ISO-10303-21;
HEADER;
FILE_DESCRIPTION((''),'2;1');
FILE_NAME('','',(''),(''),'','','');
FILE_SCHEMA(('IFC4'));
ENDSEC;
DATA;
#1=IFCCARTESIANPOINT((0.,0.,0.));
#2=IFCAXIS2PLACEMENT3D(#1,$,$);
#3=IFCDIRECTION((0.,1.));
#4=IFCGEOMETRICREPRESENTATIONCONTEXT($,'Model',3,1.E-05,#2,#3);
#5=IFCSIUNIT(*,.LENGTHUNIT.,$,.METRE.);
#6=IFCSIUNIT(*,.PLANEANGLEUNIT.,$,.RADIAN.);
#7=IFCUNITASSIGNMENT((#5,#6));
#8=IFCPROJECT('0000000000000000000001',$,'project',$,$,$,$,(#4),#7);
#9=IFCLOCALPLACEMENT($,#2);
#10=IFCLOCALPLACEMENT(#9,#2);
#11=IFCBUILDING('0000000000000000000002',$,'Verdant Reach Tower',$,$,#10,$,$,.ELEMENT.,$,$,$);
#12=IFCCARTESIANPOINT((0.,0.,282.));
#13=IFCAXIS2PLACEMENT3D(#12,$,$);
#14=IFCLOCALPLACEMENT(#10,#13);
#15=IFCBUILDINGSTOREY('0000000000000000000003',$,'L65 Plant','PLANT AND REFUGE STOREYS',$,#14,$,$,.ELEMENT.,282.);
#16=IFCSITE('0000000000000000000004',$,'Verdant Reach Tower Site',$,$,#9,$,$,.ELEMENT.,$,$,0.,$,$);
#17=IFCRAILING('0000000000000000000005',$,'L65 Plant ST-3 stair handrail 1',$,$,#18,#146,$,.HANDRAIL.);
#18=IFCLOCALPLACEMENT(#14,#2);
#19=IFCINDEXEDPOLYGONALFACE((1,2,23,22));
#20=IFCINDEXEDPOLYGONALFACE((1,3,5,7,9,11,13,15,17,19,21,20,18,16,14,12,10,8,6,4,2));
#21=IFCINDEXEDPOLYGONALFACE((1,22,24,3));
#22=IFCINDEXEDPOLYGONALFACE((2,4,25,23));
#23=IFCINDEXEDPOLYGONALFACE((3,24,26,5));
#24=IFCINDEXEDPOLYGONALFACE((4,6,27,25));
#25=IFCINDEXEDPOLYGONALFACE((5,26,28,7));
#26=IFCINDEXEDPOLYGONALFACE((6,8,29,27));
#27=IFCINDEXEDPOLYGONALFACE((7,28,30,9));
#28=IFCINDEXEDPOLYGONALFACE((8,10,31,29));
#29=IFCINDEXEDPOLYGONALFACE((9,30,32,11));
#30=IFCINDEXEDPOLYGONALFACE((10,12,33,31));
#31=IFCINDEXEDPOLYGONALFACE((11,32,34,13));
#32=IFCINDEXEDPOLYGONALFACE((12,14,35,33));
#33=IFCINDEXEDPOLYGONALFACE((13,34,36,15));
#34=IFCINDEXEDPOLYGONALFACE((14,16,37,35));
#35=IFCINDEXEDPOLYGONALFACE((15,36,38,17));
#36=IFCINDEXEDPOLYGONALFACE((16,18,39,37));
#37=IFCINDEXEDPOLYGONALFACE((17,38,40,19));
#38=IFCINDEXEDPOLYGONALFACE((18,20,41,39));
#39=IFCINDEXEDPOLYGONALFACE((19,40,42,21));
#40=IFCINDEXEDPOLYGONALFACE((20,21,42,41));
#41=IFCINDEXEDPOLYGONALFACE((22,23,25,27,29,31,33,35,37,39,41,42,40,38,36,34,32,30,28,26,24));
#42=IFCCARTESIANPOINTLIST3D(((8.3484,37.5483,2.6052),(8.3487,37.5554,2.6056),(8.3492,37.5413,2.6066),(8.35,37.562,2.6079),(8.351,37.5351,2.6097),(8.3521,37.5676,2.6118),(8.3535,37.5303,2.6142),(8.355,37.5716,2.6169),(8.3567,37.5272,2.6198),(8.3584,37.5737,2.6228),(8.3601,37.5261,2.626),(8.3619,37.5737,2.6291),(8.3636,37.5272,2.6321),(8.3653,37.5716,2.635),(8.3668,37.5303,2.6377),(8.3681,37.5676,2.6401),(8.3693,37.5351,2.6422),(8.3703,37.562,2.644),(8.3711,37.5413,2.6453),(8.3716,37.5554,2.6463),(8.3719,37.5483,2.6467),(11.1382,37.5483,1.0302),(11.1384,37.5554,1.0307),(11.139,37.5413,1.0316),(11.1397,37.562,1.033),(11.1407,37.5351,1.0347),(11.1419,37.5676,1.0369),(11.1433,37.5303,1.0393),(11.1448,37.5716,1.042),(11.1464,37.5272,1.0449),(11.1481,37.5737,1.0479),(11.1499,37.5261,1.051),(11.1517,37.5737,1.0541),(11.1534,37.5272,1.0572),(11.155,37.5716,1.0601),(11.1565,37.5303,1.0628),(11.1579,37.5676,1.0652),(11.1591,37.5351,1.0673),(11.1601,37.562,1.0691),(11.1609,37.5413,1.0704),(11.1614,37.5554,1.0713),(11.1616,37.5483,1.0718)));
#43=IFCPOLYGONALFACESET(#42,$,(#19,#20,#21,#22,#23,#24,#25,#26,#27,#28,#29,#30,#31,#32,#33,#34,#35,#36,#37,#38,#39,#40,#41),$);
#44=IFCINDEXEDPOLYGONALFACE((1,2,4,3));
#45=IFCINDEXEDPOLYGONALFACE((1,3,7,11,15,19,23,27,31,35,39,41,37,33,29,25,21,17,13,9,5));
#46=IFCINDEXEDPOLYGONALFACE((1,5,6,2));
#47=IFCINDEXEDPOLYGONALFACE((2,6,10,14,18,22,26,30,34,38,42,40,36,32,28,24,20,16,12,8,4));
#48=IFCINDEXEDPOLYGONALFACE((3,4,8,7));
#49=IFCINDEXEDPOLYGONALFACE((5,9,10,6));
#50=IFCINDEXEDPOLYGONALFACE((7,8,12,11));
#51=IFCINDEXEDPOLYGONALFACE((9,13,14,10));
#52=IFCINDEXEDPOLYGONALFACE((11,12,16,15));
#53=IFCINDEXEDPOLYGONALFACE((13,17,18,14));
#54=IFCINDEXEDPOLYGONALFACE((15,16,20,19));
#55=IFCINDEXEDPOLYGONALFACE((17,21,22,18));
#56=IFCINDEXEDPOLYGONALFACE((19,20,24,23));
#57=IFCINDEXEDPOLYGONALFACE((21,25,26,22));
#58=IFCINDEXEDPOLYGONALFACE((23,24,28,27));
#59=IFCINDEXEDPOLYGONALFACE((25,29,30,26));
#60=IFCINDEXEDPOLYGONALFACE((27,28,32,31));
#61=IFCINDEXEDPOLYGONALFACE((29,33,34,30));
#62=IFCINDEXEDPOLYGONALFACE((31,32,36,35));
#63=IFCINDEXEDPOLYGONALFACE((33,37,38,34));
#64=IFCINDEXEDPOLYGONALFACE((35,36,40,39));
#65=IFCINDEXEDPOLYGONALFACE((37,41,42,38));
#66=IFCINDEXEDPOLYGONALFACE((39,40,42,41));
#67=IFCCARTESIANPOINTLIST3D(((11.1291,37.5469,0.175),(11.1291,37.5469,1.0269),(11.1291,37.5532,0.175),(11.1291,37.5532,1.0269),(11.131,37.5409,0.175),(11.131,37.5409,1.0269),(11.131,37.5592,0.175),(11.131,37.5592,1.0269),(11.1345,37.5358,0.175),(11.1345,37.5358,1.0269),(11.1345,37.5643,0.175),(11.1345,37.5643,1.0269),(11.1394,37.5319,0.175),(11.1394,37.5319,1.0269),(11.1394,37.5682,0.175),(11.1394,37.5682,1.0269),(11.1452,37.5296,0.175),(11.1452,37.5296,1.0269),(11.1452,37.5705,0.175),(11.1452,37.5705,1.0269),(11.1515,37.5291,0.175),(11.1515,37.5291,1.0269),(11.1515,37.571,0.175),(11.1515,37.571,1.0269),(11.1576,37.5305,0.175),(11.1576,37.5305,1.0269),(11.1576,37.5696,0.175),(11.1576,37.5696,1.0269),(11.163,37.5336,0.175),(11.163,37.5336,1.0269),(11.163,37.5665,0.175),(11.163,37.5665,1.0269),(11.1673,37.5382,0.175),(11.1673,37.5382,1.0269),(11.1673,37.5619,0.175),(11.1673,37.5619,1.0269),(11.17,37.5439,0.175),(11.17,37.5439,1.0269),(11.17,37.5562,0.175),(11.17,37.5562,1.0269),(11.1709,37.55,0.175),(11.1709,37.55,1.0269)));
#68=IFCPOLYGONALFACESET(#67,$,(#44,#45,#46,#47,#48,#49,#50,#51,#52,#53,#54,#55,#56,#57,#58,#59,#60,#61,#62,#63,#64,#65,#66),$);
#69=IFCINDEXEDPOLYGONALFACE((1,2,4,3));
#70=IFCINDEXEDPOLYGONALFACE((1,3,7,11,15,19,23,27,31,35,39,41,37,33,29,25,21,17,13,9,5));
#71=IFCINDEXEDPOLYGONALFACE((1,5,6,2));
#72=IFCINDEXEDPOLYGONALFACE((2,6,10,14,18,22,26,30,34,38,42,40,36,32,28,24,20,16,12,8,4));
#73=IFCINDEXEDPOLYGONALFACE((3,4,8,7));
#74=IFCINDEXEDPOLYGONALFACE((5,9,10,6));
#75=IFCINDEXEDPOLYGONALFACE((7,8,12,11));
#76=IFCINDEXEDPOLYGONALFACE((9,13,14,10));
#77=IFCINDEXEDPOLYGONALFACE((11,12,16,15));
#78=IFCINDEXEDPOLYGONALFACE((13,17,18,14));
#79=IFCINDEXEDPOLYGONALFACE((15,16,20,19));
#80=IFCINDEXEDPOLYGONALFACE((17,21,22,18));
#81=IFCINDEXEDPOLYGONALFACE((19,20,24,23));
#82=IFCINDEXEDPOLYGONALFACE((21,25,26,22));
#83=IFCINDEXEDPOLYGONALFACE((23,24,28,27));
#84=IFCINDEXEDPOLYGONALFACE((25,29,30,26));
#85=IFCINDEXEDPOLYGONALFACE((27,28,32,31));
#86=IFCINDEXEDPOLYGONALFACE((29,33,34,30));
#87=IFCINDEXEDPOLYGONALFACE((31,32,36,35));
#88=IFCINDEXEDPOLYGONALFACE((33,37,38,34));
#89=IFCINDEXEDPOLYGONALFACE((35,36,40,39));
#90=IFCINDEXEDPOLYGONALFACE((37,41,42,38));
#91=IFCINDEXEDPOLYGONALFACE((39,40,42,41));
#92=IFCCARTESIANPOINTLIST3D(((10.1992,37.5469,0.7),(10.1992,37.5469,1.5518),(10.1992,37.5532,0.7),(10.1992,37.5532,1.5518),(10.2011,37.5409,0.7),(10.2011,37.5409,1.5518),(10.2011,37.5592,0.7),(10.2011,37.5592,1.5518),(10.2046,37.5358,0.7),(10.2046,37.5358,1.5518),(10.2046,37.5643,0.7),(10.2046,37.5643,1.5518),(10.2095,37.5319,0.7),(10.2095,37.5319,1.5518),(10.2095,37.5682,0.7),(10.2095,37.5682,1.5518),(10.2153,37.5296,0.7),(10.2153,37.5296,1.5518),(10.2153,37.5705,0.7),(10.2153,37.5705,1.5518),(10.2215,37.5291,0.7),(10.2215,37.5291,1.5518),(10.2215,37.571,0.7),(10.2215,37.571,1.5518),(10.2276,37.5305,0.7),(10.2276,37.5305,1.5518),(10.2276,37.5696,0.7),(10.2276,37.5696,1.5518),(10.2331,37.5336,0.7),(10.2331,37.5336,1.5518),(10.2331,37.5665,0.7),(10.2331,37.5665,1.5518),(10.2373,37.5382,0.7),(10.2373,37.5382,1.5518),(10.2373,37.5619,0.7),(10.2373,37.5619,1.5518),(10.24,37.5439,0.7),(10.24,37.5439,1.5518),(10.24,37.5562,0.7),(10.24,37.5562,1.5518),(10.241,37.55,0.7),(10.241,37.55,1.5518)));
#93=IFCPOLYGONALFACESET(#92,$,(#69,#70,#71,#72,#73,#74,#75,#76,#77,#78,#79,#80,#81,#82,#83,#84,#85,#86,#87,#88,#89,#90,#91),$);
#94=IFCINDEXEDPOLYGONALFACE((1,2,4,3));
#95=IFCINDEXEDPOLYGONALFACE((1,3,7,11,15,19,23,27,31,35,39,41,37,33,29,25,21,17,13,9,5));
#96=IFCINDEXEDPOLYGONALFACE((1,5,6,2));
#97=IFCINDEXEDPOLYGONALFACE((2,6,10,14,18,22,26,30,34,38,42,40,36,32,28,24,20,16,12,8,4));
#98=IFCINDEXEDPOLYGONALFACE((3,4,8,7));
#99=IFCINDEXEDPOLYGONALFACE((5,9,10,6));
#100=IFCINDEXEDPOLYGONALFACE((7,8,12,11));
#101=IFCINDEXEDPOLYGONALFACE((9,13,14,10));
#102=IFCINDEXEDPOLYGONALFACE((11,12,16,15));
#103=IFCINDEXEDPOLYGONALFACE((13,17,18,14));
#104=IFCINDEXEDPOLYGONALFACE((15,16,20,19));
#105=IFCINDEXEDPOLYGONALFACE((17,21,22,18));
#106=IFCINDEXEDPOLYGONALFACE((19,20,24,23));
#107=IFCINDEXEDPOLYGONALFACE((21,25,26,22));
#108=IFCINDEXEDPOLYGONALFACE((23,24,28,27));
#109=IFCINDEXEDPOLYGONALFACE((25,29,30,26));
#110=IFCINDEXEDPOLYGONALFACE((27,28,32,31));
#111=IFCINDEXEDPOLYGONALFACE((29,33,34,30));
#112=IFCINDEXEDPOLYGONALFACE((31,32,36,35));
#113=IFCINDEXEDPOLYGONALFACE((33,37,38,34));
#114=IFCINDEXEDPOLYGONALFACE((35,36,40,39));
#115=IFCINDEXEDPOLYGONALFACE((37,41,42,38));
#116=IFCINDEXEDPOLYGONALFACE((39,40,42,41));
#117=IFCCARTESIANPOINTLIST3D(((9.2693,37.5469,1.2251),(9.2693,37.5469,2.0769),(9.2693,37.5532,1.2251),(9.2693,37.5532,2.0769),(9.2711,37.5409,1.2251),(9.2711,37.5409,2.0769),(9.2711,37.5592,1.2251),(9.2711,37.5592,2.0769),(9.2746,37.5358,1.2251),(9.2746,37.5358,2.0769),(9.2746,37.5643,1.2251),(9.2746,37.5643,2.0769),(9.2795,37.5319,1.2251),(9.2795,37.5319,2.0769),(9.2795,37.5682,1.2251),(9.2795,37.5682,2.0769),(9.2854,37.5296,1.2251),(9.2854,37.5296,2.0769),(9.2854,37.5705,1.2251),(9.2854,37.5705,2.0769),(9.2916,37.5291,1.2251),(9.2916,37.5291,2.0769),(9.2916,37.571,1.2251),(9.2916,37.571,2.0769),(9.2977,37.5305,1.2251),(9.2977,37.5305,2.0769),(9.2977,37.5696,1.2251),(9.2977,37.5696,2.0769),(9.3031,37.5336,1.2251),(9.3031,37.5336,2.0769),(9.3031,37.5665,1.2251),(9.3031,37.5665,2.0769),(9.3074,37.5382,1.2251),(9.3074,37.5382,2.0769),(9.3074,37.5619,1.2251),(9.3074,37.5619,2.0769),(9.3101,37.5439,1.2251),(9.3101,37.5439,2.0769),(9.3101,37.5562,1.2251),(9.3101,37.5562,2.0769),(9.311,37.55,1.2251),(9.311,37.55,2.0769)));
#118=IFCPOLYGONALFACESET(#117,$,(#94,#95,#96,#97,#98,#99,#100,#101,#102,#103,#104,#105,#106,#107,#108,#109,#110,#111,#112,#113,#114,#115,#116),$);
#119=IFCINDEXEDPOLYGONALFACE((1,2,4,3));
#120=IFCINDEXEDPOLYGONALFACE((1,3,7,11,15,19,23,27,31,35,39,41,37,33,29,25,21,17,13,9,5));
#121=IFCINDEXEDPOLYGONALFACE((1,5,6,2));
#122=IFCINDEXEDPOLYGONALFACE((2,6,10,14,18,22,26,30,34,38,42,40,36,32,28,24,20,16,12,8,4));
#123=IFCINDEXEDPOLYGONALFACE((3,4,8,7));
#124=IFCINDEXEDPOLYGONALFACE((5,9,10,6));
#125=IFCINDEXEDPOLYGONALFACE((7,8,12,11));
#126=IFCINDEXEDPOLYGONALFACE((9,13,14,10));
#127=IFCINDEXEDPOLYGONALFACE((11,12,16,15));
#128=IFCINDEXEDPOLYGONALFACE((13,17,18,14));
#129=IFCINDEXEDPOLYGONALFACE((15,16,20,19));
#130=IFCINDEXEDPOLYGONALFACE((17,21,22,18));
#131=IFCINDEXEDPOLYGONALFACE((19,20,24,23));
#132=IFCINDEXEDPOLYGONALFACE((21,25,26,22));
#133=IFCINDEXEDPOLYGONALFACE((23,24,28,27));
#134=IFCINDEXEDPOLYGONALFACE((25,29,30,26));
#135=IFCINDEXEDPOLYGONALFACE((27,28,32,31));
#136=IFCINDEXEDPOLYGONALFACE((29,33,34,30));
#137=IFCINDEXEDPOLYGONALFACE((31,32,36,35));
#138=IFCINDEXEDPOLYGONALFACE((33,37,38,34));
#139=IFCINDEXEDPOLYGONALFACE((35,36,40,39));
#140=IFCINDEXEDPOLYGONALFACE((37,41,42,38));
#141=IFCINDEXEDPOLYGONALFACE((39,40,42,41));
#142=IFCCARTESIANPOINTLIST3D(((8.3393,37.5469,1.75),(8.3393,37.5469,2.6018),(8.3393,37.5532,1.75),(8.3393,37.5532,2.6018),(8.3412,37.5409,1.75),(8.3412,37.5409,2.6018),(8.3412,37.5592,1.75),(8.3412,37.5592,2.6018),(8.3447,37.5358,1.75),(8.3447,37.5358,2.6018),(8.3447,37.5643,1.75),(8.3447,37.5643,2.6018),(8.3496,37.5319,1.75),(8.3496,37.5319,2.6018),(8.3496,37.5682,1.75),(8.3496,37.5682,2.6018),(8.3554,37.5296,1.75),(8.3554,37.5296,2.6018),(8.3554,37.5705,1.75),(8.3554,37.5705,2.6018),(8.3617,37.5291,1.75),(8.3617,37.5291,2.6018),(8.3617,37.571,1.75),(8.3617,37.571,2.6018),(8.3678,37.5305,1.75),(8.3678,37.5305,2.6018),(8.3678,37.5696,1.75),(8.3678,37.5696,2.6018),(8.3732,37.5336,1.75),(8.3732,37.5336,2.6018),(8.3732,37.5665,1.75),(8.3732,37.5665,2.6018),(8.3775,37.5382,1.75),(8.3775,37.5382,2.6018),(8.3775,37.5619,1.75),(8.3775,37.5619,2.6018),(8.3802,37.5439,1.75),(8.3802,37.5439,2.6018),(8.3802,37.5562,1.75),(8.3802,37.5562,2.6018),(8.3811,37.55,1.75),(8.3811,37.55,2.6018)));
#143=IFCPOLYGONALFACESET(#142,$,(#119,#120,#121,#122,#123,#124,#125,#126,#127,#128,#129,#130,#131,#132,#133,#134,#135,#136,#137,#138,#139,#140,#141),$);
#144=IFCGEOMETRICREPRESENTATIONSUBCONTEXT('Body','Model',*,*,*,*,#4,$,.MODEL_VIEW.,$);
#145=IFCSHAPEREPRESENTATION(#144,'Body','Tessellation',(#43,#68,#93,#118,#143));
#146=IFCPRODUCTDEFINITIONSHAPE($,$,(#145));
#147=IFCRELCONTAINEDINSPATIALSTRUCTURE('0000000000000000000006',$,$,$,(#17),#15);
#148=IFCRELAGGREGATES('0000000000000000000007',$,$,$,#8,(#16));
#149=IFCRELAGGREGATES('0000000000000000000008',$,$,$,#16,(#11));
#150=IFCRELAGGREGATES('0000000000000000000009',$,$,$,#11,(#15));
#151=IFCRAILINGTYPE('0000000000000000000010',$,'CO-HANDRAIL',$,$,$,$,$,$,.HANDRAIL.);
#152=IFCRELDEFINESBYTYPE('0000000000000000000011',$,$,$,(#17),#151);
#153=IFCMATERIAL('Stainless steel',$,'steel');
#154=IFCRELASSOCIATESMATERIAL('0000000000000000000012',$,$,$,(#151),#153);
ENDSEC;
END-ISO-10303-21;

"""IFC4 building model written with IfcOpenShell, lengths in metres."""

from ifc_helpers import new_model, si_unit, direction, frame, origin, origin_2d, place, context, subcontext, project, spatial, circle, extrude, material, type_object, element, save


model = new_model("IFC4")

# Units and contexts
model_context = context("Model", 3, precision=1e-05, world=origin(), true_north=direction((0.0, 1.0)))
body_context = subcontext(model_context, "Body", "Model", "MODEL_VIEW")
ifc_project = project(units=[si_unit("LENGTHUNIT", "METRE"), si_unit("PLANEANGLEUNIT", "RADIAN")], contexts=[model_context])

# Site, building, storey
site_placement = place(None, origin())
site = spatial("IfcSite", under=ifc_project, at=site_placement, Name="Verdant Reach Tower Site", CompositionType="ELEMENT", RefElevation=0.0)
building_placement = place(site_placement, origin())
building = spatial("IfcBuilding", under=site, at=building_placement, Name="Verdant Reach Tower", CompositionType="ELEMENT")
storey_placement = place(building_placement, frame((0.0, 0.0, 282.0)))
storey = spatial("IfcBuildingStorey", under=building, at=storey_placement, Name="L65 Plant", Description="PLANT AND REFUGE STOREYS", CompositionType="ELEMENT", Elevation=282.0)

# Railing
ifc_material_1 = material(Name="Stainless steel", Category="steel")
railing_type = type_object("IfcRailingType", Name="CO-HANDRAIL", PredefinedType="HANDRAIL", material=ifc_material_1)
for number, where, name in (
    (1, (11.1499, 37.55, 0.175), "L65 Plant ST-3 stair handrail 1"),
):
    element("IfcRailing", number, at=place(storey_placement, frame(where)), inside=storey, type_object=railing_type, Name=name, PredefinedType="HANDRAIL", context=body_context, shape_type="SweptSolid", body=[
        extrude(circle(Radius=0.0239, at=origin_2d()), frame((0.0, 0.0, 0.876), z_axis=(-0.870815, 0.0, 0.49161), x_axis=(0.0, -1.0, 0.0)), (0.0, 0.0, 1.0), 3.2036),
        extrude(circle(Radius=0.021, at=origin_2d()), origin(), (0.0, 0.0, 1.0), 0.8518),
        extrude(circle(Radius=0.021, at=origin_2d()), frame((-0.9299, 0.0, 0.5249)), (0.0, 0.0, 1.0), 0.8518),
        extrude(circle(Radius=0.021, at=origin_2d()), frame((-1.8599, 0.0, 1.05)), (0.0, 0.0, 1.0), 0.8518),
        extrude(circle(Radius=0.021, at=origin_2d()), frame((-2.7898, 0.0, 1.575)), (0.0, 0.0, 1.0), 0.8518),
    ])

save(model, "model.ifc")
